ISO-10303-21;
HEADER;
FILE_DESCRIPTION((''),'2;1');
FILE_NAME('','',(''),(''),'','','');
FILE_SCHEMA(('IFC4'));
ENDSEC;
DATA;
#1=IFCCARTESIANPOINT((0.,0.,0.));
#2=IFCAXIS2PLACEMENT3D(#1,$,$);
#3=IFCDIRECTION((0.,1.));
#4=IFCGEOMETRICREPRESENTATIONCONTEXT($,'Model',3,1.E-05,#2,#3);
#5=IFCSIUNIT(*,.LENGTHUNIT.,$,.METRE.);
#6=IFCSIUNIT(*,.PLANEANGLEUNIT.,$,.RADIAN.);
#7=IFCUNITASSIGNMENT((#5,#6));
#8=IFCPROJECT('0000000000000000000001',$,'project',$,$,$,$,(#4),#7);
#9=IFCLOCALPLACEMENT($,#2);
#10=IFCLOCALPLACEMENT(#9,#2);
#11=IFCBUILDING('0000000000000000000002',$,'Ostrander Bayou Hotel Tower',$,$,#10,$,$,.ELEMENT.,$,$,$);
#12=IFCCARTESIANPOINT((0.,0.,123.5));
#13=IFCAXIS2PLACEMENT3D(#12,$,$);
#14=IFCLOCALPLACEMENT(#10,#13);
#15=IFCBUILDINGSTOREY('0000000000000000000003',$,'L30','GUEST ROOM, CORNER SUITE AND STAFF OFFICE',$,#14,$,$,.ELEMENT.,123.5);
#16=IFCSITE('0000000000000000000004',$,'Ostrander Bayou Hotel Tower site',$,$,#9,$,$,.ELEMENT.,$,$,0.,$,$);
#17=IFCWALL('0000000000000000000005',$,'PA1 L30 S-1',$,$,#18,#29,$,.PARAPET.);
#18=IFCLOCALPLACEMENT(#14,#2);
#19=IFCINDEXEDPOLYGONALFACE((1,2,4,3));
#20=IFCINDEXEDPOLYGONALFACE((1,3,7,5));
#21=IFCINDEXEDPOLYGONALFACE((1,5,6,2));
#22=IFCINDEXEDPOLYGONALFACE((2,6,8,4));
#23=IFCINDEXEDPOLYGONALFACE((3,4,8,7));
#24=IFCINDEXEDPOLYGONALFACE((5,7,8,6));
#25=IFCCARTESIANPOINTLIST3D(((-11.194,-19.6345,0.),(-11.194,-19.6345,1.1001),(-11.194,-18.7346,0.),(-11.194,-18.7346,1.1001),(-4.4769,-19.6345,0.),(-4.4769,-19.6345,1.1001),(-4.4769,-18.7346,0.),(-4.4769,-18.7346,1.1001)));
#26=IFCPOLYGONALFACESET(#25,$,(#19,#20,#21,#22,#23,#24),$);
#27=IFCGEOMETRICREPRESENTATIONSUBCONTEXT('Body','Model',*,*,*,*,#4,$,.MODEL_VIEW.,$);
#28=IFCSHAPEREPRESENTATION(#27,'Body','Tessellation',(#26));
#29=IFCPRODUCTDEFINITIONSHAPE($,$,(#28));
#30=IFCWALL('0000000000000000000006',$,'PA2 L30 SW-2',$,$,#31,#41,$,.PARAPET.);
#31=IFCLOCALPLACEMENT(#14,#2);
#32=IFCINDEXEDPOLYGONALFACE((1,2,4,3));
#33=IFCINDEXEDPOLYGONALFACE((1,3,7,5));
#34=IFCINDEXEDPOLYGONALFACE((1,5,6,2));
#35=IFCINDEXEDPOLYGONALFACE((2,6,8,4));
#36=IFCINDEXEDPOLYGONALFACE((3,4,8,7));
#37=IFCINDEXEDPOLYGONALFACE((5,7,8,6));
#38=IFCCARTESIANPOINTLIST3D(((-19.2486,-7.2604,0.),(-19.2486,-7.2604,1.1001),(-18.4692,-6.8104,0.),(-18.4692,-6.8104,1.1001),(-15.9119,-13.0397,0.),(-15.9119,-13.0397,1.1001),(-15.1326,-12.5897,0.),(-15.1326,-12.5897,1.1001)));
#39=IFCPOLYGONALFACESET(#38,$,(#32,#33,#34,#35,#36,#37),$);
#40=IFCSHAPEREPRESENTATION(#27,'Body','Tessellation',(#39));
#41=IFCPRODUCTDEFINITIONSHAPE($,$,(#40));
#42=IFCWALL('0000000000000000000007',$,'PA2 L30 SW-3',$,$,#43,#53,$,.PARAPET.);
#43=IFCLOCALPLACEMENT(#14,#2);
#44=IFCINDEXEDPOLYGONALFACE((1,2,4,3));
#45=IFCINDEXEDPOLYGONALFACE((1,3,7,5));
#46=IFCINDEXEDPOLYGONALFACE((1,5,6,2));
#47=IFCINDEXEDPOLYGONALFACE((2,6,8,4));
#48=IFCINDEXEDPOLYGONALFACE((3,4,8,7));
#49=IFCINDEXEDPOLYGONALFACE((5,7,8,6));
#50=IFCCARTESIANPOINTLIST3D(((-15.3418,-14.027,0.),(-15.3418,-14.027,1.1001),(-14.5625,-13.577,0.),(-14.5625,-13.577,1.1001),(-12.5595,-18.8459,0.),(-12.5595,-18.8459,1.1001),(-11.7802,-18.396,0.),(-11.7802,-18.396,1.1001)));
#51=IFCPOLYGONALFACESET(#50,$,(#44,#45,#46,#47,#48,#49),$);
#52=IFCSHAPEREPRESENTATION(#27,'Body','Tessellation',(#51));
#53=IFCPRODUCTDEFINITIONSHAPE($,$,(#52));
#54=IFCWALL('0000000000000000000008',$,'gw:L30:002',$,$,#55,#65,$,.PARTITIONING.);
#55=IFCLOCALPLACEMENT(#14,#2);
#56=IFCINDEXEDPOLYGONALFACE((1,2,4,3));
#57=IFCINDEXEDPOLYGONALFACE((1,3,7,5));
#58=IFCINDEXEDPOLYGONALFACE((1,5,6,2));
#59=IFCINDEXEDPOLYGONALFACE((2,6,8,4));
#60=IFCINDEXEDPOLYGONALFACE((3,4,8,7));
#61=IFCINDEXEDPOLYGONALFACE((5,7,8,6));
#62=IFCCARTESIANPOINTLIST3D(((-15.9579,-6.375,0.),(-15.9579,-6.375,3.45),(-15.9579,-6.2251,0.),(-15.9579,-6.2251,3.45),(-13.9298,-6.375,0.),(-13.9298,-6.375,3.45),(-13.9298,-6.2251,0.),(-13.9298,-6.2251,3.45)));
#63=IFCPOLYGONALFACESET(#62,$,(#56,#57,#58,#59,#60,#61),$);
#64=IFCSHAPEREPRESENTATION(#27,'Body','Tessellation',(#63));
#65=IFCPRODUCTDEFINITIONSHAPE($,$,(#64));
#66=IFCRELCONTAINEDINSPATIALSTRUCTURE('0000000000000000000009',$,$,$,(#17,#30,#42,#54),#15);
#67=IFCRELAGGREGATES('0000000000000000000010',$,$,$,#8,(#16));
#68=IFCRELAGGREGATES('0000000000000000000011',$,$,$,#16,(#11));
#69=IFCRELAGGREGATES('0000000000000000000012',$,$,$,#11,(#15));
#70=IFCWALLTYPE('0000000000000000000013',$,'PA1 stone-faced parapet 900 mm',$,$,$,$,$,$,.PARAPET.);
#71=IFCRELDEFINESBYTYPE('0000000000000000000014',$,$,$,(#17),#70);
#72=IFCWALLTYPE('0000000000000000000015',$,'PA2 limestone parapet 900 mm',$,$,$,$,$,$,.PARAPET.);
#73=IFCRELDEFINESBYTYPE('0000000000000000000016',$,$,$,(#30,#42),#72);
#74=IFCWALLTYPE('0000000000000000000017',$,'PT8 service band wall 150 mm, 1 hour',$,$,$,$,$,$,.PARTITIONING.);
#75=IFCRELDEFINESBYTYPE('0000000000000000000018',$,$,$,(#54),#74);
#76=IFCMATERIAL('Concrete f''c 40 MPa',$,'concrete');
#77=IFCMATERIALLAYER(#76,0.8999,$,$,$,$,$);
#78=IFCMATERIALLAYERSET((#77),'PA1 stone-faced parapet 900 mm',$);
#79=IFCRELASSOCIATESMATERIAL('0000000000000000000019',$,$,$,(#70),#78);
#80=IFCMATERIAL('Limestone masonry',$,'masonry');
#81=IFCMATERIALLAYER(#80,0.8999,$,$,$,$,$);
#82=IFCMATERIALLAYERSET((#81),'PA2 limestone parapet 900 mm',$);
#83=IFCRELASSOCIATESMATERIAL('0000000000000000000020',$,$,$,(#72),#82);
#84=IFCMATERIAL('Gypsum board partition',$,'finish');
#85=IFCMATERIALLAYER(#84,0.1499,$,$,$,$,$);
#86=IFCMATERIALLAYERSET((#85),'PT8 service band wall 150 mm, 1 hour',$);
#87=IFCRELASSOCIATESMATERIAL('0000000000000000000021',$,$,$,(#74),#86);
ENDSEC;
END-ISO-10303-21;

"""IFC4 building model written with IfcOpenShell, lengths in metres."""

from ifc_helpers import new_model, si_unit, direction, frame, frame_2d, origin, place, context, subcontext, project, spatial, rectangle, extrude, material, layer, layer_set, type_object, element, save


model = new_model("IFC4")

# Units and contexts
model_context = context("Model", 3, precision=1e-05, world=origin(), true_north=direction((0.0, 1.0)))
body_context = subcontext(model_context, "Body", "Model", "MODEL_VIEW")
ifc_project = project(units=[si_unit("LENGTHUNIT", "METRE"), si_unit("PLANEANGLEUNIT", "RADIAN")], contexts=[model_context])

# Site, building, storey
site_placement = place(None, origin())
site = spatial("IfcSite", under=ifc_project, at=site_placement, Name="Ostrander Bayou Hotel Tower site", CompositionType="ELEMENT", RefElevation=0.0)
building_placement = place(site_placement, origin())
building = spatial("IfcBuilding", under=site, at=building_placement, Name="Ostrander Bayou Hotel Tower", CompositionType="ELEMENT")
storey_placement = place(building_placement, frame((0.0, 0.0, 123.5)))
storey = spatial("IfcBuildingStorey", under=building, at=storey_placement, Name="L30", Description="GUEST ROOM, CORNER SUITE AND STAFF OFFICE", CompositionType="ELEMENT", Elevation=123.5)

# Walls
ifc_material_1 = material(Name="Concrete f'c 40 MPa", Category="concrete")
ifc_layer_1 = layer(ifc_material_1, 0.8999)
ifc_layer_set_1 = layer_set([ifc_layer_1], Name="PA1 stone-faced parapet 900 mm")
wall_type_1 = type_object("IfcWallType", Name="PA1 stone-faced parapet 900 mm", PredefinedType="PARAPET", material=ifc_layer_set_1)
wall_1_placement = place(storey_placement, frame((-11.1938, -19.1846, 0.0), z_axis=(0.0, 0.0, 1.0), x_axis=(1.0, 0.0, 0.0)))
element("IfcWall", 1, at=wall_1_placement, inside=storey, type_object=wall_type_1, Name="PA1 L30 S-1", PredefinedType="PARAPET", context=body_context, shape_type="SweptSolid", body=[
    extrude(rectangle(XDim=6.717, YDim=0.8999, at=frame_2d((3.3584, 0.0))), origin(), (0.0, 0.0, 1.0), 1.1001),
])
ifc_material_2 = material(Name="Limestone masonry", Category="masonry")
ifc_layer_2 = layer(ifc_material_2, 0.8999)
ifc_layer_set_2 = layer_set([ifc_layer_2], Name="PA2 limestone parapet 900 mm")
wall_type_2 = type_object("IfcWallType", Name="PA2 limestone parapet 900 mm", PredefinedType="PARAPET", material=ifc_layer_set_2)
wall_2_placement = place(storey_placement, frame((-18.8589, -7.0354, 0.0), z_axis=(0.0, 0.0, 1.0), x_axis=(0.499999, -0.866026, 0.0)))
element("IfcWall", 2, at=wall_2_placement, inside=storey, type_object=wall_type_2, Name="PA2 L30 SW-2", PredefinedType="PARAPET", context=body_context, shape_type="SweptSolid", body=[
    extrude(rectangle(XDim=6.6733, YDim=0.8999, at=frame_2d((3.3367, 0.0))), origin(), (0.0, 0.0, 1.0), 1.1001),
])
wall_3_placement = place(storey_placement, frame((-14.9521, -13.802, 0.0), z_axis=(0.0, 0.0, 1.0), x_axis=(0.500009, -0.86602, 0.0)))
element("IfcWall", 3, at=wall_3_placement, inside=storey, type_object=wall_type_2, Name="PA2 L30 SW-3", PredefinedType="PARAPET", context=body_context, shape_type="SweptSolid", body=[
    extrude(rectangle(XDim=5.5645, YDim=0.8999, at=frame_2d((2.7822, 0.0))), origin(), (0.0, 0.0, 1.0), 1.1001),
])
ifc_material_3 = material(Name="Gypsum board partition", Category="finish")
ifc_layer_3 = layer(ifc_material_3, 0.1499)
ifc_layer_set_3 = layer_set([ifc_layer_3], Name="PT8 service band wall 150 mm, 1 hour")
wall_type_3 = type_object("IfcWallType", Name="PT8 service band wall 150 mm, 1 hour", PredefinedType="PARTITIONING", material=ifc_layer_set_3)
wall_4_placement = place(storey_placement, frame((-15.958, -6.3, 0.0), z_axis=(0.0, 0.0, 1.0), x_axis=(1.0, 0.0, 0.0)))
element("IfcWall", 4, at=wall_4_placement, inside=storey, type_object=wall_type_3, Name="gw:L30:002", PredefinedType="PARTITIONING", context=body_context, shape_type="SweptSolid", body=[
    extrude(rectangle(XDim=2.0281, YDim=0.1499, at=frame_2d((1.0142, 0.0))), origin(), (0.0, 0.0, 1.0), 3.45),
])

save(model, "model.ifc")
